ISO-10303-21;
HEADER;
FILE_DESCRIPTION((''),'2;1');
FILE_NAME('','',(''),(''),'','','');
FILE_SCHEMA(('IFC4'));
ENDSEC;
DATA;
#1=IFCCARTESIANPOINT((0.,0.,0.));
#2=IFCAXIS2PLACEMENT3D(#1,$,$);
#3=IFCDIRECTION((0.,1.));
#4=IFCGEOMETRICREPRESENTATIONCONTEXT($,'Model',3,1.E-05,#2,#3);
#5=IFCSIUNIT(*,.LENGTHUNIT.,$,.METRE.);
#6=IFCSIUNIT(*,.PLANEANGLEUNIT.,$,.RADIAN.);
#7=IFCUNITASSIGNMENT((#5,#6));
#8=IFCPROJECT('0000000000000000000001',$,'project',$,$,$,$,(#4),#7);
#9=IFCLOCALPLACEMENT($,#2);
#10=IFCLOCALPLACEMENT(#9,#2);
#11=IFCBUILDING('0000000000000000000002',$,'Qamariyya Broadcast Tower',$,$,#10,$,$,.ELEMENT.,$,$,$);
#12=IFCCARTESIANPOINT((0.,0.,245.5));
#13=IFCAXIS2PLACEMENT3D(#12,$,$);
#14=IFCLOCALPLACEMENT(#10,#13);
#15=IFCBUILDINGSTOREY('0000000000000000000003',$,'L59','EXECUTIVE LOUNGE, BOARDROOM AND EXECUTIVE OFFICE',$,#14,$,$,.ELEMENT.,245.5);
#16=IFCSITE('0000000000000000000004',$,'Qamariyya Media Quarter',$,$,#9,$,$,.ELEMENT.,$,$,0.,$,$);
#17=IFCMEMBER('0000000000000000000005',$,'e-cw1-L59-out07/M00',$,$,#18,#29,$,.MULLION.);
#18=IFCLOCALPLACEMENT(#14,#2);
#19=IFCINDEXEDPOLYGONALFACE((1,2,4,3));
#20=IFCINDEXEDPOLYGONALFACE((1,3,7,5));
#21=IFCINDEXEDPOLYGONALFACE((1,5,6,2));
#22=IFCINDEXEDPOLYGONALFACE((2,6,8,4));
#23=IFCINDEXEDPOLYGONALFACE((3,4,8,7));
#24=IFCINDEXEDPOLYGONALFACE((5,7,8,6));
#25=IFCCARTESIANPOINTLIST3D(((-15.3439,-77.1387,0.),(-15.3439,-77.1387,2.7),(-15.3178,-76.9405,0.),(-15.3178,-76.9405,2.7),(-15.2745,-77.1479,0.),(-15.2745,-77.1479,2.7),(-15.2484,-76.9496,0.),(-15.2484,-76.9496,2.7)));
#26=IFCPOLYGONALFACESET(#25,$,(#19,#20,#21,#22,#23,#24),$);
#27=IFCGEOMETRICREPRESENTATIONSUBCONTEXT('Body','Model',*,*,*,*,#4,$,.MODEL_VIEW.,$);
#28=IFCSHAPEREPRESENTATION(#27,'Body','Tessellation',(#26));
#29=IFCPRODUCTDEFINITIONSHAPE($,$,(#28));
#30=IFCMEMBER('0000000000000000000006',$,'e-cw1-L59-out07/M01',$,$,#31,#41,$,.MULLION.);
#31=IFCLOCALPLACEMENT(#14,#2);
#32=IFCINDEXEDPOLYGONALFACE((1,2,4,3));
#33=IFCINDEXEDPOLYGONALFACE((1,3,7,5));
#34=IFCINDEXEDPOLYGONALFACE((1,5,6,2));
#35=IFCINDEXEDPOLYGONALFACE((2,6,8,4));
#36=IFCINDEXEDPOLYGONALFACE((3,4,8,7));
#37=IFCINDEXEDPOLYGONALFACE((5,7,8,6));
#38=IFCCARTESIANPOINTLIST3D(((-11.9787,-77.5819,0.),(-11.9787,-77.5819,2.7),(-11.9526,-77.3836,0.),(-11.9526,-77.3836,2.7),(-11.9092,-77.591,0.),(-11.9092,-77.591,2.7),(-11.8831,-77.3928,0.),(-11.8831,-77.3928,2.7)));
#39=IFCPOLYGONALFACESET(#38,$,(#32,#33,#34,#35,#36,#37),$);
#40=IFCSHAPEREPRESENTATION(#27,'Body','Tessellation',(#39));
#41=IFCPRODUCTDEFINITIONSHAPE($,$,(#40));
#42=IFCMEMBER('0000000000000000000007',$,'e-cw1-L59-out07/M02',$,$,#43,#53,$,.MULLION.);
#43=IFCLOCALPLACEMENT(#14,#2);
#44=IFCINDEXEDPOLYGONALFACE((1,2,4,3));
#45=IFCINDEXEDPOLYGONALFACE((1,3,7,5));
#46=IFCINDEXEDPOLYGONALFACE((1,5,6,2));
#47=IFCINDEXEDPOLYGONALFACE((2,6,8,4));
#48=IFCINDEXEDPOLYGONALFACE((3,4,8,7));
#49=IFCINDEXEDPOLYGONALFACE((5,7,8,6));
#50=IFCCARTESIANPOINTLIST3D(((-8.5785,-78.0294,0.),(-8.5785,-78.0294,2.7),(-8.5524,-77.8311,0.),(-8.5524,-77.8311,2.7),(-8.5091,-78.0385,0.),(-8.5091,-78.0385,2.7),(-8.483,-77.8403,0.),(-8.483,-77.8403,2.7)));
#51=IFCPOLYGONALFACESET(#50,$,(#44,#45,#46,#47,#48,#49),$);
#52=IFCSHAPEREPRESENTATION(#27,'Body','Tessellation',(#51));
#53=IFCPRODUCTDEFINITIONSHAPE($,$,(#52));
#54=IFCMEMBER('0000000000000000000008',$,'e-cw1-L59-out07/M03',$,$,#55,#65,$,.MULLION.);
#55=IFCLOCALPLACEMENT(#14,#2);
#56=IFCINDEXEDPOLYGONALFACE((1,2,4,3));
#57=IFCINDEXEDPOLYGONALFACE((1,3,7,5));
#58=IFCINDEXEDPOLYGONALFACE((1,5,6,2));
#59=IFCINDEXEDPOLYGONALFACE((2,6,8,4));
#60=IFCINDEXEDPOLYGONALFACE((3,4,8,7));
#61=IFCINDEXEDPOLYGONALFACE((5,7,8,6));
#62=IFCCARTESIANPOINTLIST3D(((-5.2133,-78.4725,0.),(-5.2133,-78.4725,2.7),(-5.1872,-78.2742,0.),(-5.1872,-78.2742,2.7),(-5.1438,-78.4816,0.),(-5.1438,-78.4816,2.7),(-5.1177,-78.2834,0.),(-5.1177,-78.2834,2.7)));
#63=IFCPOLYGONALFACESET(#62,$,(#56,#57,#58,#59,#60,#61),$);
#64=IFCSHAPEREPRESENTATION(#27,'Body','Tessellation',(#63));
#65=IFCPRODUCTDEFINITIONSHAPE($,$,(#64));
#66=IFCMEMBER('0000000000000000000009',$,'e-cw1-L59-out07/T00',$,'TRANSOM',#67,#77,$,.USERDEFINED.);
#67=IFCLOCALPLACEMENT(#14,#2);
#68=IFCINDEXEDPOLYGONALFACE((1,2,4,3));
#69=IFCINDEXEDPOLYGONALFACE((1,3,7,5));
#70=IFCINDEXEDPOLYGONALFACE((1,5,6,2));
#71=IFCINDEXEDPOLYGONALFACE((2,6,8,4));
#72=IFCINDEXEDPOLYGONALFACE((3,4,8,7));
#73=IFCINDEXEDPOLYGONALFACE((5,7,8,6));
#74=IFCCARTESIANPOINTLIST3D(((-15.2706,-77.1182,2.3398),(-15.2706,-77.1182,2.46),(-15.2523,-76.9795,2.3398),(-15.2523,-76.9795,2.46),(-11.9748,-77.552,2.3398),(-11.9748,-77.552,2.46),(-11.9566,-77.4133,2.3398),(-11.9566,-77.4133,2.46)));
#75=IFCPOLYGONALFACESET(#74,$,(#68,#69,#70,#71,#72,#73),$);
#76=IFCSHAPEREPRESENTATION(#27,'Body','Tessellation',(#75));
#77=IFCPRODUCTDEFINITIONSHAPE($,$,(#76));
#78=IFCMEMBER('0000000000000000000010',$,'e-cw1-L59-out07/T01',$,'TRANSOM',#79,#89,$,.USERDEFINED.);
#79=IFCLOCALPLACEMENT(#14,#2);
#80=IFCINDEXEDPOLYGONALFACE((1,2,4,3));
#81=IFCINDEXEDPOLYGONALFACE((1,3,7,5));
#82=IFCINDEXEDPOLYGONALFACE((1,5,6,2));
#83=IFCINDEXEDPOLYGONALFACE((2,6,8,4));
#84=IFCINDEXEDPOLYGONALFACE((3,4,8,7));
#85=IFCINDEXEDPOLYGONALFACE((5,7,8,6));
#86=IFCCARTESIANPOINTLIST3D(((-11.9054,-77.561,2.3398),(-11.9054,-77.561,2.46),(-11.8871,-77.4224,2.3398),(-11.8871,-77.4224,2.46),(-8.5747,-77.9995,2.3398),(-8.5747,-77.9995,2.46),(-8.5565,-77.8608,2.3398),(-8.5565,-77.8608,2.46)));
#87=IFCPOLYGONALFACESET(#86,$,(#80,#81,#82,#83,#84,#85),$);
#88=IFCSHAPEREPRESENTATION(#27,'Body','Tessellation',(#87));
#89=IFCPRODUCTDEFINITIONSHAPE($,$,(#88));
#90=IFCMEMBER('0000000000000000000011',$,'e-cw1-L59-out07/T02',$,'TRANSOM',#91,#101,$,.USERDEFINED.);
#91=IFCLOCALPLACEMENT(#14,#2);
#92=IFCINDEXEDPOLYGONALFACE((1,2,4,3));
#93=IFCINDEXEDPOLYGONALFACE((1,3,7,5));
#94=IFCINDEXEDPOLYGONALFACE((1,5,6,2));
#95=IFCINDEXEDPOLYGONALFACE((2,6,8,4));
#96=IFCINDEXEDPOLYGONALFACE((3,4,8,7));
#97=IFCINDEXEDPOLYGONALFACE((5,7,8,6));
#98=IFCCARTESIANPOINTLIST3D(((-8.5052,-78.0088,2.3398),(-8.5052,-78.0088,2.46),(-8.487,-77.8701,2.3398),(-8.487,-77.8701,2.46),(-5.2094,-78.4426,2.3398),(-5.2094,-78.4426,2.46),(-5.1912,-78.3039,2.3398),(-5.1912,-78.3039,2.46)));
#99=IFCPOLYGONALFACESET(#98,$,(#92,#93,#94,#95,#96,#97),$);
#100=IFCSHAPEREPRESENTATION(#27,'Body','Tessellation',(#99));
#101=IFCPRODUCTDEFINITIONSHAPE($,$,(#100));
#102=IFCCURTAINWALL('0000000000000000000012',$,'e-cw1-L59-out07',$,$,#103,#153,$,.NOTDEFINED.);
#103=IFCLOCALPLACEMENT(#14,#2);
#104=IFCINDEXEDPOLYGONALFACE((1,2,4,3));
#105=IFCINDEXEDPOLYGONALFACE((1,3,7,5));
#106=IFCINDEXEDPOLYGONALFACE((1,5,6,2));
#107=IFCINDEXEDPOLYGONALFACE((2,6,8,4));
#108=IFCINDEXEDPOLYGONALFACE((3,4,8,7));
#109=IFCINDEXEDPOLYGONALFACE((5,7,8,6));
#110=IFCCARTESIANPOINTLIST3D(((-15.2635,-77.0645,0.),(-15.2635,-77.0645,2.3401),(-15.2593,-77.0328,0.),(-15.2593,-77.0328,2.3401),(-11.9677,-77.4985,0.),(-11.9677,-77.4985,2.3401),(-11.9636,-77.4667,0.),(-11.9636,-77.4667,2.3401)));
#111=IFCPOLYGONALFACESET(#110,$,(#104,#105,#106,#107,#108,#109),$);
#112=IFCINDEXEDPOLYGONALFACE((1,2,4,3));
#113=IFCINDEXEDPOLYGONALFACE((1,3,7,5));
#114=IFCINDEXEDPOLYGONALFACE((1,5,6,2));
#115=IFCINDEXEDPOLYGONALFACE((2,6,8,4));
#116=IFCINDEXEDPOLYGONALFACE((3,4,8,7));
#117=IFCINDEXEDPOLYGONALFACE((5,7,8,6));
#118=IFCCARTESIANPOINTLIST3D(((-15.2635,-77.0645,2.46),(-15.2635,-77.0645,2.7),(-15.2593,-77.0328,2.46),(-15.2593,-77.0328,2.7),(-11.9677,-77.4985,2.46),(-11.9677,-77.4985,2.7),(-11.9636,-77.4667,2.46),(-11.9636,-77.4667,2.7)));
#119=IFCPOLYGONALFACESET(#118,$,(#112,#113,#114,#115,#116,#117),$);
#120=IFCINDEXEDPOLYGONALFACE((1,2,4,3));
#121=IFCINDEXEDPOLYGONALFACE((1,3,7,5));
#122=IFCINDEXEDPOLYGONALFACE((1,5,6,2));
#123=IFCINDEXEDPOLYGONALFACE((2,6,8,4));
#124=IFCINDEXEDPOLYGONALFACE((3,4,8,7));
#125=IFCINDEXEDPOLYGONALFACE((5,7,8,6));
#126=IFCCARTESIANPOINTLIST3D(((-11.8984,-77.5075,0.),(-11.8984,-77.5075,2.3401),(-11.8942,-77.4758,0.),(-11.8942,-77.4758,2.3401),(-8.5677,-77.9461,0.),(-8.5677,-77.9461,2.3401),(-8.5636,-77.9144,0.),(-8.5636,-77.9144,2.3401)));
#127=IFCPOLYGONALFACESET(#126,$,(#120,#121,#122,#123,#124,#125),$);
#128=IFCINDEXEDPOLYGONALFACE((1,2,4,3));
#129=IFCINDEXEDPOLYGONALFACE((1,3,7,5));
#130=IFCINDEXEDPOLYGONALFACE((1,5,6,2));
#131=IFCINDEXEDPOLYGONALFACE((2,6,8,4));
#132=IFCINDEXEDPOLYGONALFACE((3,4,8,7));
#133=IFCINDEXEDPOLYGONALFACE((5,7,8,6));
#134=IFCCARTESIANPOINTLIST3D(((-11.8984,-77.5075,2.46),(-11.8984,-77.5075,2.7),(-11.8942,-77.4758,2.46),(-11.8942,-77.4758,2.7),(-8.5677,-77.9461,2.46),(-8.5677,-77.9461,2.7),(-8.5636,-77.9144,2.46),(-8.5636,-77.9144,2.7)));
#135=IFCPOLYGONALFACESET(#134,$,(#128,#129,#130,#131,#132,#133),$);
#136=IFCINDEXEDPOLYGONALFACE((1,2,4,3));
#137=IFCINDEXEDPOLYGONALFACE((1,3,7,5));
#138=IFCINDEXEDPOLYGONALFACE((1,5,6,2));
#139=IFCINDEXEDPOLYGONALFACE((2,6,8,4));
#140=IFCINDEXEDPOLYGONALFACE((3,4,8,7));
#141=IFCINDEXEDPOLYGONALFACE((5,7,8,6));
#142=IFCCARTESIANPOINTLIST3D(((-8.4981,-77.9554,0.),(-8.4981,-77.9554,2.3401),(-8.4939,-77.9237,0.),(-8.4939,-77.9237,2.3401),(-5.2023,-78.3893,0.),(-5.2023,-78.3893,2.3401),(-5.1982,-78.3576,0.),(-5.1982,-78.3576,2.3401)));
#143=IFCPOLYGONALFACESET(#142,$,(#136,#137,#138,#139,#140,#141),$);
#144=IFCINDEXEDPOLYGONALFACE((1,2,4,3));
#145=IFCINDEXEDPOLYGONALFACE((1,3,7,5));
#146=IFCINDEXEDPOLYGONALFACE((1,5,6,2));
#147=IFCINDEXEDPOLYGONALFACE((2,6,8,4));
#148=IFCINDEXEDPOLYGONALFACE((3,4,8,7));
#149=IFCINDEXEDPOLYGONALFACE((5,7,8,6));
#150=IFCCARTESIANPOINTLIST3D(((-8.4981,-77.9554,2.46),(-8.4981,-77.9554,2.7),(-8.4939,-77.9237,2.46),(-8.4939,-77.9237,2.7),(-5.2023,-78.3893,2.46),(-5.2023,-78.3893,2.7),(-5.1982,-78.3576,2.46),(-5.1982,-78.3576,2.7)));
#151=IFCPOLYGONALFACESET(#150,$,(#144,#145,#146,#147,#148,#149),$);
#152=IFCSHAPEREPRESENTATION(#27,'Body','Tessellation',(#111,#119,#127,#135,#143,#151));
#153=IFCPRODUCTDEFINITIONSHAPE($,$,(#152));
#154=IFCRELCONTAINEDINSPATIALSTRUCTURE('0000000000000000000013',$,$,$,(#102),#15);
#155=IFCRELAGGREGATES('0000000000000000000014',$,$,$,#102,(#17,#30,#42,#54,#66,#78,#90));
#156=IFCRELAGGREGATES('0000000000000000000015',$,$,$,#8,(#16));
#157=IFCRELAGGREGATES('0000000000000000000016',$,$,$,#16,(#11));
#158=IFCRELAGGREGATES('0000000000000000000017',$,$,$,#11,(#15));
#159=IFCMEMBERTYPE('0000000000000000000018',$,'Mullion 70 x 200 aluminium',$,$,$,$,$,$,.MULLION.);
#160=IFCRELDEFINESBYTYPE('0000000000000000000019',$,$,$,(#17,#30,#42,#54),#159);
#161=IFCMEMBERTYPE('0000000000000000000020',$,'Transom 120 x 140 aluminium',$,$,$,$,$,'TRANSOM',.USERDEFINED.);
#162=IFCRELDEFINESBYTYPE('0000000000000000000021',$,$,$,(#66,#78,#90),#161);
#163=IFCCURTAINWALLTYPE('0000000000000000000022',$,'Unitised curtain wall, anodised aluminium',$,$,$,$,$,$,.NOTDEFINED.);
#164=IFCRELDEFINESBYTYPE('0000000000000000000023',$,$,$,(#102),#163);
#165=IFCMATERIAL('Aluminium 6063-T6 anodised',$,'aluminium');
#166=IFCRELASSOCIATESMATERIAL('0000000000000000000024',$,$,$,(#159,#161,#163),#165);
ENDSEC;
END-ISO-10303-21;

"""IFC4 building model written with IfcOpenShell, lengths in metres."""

from ifc_helpers import new_model, si_unit, direction, frame, origin, origin_2d, place, context, subcontext, project, spatial, rectangle, extrude, material, material_profile, profile_set, type_object, element, aggregate, save


model = new_model("IFC4")

# Units and contexts
model_context = context("Model", 3, precision=1e-05, world=origin(), true_north=direction((0.0, 1.0)))
body_context = subcontext(model_context, "Body", "Model", "MODEL_VIEW")
ifc_project = project(units=[si_unit("LENGTHUNIT", "METRE"), si_unit("PLANEANGLEUNIT", "RADIAN")], contexts=[model_context])

# Members
ifc_material = material(Name="Aluminium 6063-T6 anodised", Category="aluminium")
ifc_material_profile_1 = material_profile(ifc_material, rectangle(XDim=0.2, YDim=0.0701, at=origin_2d()))
ifc_profile_set_1 = profile_set([ifc_material_profile_1], Name="Aluminium 6063-T6 anodised")
member_type_1 = type_object("IfcMemberType", Name="Mullion 70 x 200 aluminium", PredefinedType="MULLION", material=ifc_profile_set_1)
site_placement = place(None, origin())
building_placement = place(site_placement, origin())
storey_placement = place(building_placement, frame((0.0, 0.0, 245.5)))
member_1_placement = place(storey_placement, frame((-15.2961, -77.0442, 0.0), z_axis=(0.0, 0.0, 1.0), x_axis=(0.130526, 0.991445, 0.0)))
member_1 = element("IfcMember", 1, at=member_1_placement, type_object=member_type_1, Name="e-cw1-L59-out07/M00", PredefinedType="MULLION", context=body_context, shape_type="SweptSolid", body=[
    extrude(rectangle(XDim=0.2, YDim=0.0701, at=origin_2d()), origin(), (0.0, 0.0, 1.0), 2.7),
])
member_2_placement = place(storey_placement, frame((-11.9309, -77.4873, 0.0), z_axis=(0.0, 0.0, 1.0), x_axis=(0.130526, 0.991445, 0.0)))
member_2 = element("IfcMember", 2, at=member_2_placement, type_object=member_type_1, Name="e-cw1-L59-out07/M01", PredefinedType="MULLION", context=body_context, shape_type="SweptSolid", body=[
    extrude(rectangle(XDim=0.2, YDim=0.0701, at=origin_2d()), origin(), (0.0, 0.0, 1.0), 2.7),
])
member_3_placement = place(storey_placement, frame((-8.5308, -77.9348, 0.0), z_axis=(0.0, 0.0, 1.0), x_axis=(0.130526, 0.991445, 0.0)))
member_3 = element("IfcMember", 3, at=member_3_placement, type_object=member_type_1, Name="e-cw1-L59-out07/M02", PredefinedType="MULLION", context=body_context, shape_type="SweptSolid", body=[
    extrude(rectangle(XDim=0.2, YDim=0.0701, at=origin_2d()), origin(), (0.0, 0.0, 1.0), 2.7),
])
member_4_placement = place(storey_placement, frame((-5.1655, -78.3779, 0.0), z_axis=(0.0, 0.0, 1.0), x_axis=(0.130526, 0.991445, 0.0)))
member_4 = element("IfcMember", 4, at=member_4_placement, type_object=member_type_1, Name="e-cw1-L59-out07/M03", PredefinedType="MULLION", context=body_context, shape_type="SweptSolid", body=[
    extrude(rectangle(XDim=0.2, YDim=0.0701, at=origin_2d()), origin(), (0.0, 0.0, 1.0), 2.7),
])
ifc_material_profile_2 = material_profile(ifc_material, rectangle(XDim=0.1399, YDim=0.1201, at=origin_2d()))
ifc_profile_set_2 = profile_set([ifc_material_profile_2], Name="Aluminium 6063-T6 anodised")
member_type_2 = type_object("IfcMemberType", Name="Transom 120 x 140 aluminium", ElementType="TRANSOM", PredefinedType="USERDEFINED", material=ifc_profile_set_2)
member_5_placement = place(storey_placement, frame((-15.2615, -77.0488, 2.3999), z_axis=(0.991448, -0.130504, 0.0), x_axis=(0.130504, 0.991448, 0.0)))
member_5 = element("IfcMember", 5, at=member_5_placement, type_object=member_type_2, Name="e-cw1-L59-out07/T00", ObjectType="TRANSOM", PredefinedType="USERDEFINED", context=body_context, shape_type="SweptSolid", body=[
    extrude(rectangle(XDim=0.1399, YDim=0.1201, at=origin_2d()), origin(), (0.0, 0.0, 1.0), 3.3242),
])
member_6_placement = place(storey_placement, frame((-11.8962, -77.4917, 2.3999), z_axis=(0.991445, -0.130526, 0.0), x_axis=(0.130526, 0.991445, 0.0)))
member_6 = element("IfcMember", 6, at=member_6_placement, type_object=member_type_2, Name="e-cw1-L59-out07/T01", ObjectType="TRANSOM", PredefinedType="USERDEFINED", context=body_context, shape_type="SweptSolid", body=[
    extrude(rectangle(XDim=0.1399, YDim=0.1201, at=origin_2d()), origin(), (0.0, 0.0, 1.0), 3.3594),
])
member_7_placement = place(storey_placement, frame((-8.4961, -77.9395, 2.3999), z_axis=(0.991448, -0.130504, 0.0), x_axis=(0.130504, 0.991448, 0.0)))
member_7 = element("IfcMember", 7, at=member_7_placement, type_object=member_type_2, Name="e-cw1-L59-out07/T02", ObjectType="TRANSOM", PredefinedType="USERDEFINED", context=body_context, shape_type="SweptSolid", body=[
    extrude(rectangle(XDim=0.1399, YDim=0.1201, at=origin_2d()), origin(), (0.0, 0.0, 1.0), 3.3242),
])

# Site, building, storey
site = spatial("IfcSite", under=ifc_project, at=site_placement, Name="Qamariyya Media Quarter", CompositionType="ELEMENT", RefElevation=0.0)
building = spatial("IfcBuilding", under=site, at=building_placement, Name="Qamariyya Broadcast Tower", CompositionType="ELEMENT")
storey = spatial("IfcBuildingStorey", under=building, at=storey_placement, Name="L59", Description="EXECUTIVE LOUNGE, BOARDROOM AND EXECUTIVE OFFICE", CompositionType="ELEMENT", Elevation=245.5)

# Curtain wall
curtain_wall_type = type_object("IfcCurtainWallType", Name="Unitised curtain wall, anodised aluminium", PredefinedType="NOTDEFINED", material=ifc_material)
curtain_wall_1_placement = place(storey_placement, origin())
curtain_wall_1 = element("IfcCurtainWall", 8, at=curtain_wall_1_placement, inside=storey, type_object=curtain_wall_type, Name="e-cw1-L59-out07", PredefinedType="NOTDEFINED", context=body_context, shape_type="SweptSolid", body=[
    extrude(rectangle(XDim=3.3242, YDim=0.032, at=origin_2d()), frame((-13.6135, -77.2656, 0.0), x_axis=(0.991443, -0.130542, 0.0)), (0.0, 0.0, 1.0), 2.3401),
    extrude(rectangle(XDim=3.3242, YDim=0.032, at=origin_2d()), frame((-13.6135, -77.2656, 2.46), x_axis=(0.991443, -0.130542, 0.0)), (0.0, 0.0, 1.0), 0.24),
    extrude(rectangle(XDim=3.3594, YDim=0.032, at=origin_2d()), frame((-10.231, -77.7109, 0.0), x_axis=(0.991443, -0.130542, 0.0)), (0.0, 0.0, 1.0), 2.3401),
    extrude(rectangle(XDim=3.3594, YDim=0.032, at=origin_2d()), frame((-10.231, -77.7109, 2.46), x_axis=(0.991443, -0.130542, 0.0)), (0.0, 0.0, 1.0), 0.24),
    extrude(rectangle(XDim=3.3242, YDim=0.032, at=origin_2d()), frame((-6.8481, -78.1565, 0.0), x_axis=(0.991443, -0.130542, 0.0)), (0.0, 0.0, 1.0), 2.3401),
    extrude(rectangle(XDim=3.3242, YDim=0.032, at=origin_2d()), frame((-6.8481, -78.1565, 2.46), x_axis=(0.991443, -0.130542, 0.0)), (0.0, 0.0, 1.0), 0.24),
])
aggregate(curtain_wall_1, [member_1, member_2, member_3, member_4, member_5, member_6, member_7])

save(model, "model.ifc")
